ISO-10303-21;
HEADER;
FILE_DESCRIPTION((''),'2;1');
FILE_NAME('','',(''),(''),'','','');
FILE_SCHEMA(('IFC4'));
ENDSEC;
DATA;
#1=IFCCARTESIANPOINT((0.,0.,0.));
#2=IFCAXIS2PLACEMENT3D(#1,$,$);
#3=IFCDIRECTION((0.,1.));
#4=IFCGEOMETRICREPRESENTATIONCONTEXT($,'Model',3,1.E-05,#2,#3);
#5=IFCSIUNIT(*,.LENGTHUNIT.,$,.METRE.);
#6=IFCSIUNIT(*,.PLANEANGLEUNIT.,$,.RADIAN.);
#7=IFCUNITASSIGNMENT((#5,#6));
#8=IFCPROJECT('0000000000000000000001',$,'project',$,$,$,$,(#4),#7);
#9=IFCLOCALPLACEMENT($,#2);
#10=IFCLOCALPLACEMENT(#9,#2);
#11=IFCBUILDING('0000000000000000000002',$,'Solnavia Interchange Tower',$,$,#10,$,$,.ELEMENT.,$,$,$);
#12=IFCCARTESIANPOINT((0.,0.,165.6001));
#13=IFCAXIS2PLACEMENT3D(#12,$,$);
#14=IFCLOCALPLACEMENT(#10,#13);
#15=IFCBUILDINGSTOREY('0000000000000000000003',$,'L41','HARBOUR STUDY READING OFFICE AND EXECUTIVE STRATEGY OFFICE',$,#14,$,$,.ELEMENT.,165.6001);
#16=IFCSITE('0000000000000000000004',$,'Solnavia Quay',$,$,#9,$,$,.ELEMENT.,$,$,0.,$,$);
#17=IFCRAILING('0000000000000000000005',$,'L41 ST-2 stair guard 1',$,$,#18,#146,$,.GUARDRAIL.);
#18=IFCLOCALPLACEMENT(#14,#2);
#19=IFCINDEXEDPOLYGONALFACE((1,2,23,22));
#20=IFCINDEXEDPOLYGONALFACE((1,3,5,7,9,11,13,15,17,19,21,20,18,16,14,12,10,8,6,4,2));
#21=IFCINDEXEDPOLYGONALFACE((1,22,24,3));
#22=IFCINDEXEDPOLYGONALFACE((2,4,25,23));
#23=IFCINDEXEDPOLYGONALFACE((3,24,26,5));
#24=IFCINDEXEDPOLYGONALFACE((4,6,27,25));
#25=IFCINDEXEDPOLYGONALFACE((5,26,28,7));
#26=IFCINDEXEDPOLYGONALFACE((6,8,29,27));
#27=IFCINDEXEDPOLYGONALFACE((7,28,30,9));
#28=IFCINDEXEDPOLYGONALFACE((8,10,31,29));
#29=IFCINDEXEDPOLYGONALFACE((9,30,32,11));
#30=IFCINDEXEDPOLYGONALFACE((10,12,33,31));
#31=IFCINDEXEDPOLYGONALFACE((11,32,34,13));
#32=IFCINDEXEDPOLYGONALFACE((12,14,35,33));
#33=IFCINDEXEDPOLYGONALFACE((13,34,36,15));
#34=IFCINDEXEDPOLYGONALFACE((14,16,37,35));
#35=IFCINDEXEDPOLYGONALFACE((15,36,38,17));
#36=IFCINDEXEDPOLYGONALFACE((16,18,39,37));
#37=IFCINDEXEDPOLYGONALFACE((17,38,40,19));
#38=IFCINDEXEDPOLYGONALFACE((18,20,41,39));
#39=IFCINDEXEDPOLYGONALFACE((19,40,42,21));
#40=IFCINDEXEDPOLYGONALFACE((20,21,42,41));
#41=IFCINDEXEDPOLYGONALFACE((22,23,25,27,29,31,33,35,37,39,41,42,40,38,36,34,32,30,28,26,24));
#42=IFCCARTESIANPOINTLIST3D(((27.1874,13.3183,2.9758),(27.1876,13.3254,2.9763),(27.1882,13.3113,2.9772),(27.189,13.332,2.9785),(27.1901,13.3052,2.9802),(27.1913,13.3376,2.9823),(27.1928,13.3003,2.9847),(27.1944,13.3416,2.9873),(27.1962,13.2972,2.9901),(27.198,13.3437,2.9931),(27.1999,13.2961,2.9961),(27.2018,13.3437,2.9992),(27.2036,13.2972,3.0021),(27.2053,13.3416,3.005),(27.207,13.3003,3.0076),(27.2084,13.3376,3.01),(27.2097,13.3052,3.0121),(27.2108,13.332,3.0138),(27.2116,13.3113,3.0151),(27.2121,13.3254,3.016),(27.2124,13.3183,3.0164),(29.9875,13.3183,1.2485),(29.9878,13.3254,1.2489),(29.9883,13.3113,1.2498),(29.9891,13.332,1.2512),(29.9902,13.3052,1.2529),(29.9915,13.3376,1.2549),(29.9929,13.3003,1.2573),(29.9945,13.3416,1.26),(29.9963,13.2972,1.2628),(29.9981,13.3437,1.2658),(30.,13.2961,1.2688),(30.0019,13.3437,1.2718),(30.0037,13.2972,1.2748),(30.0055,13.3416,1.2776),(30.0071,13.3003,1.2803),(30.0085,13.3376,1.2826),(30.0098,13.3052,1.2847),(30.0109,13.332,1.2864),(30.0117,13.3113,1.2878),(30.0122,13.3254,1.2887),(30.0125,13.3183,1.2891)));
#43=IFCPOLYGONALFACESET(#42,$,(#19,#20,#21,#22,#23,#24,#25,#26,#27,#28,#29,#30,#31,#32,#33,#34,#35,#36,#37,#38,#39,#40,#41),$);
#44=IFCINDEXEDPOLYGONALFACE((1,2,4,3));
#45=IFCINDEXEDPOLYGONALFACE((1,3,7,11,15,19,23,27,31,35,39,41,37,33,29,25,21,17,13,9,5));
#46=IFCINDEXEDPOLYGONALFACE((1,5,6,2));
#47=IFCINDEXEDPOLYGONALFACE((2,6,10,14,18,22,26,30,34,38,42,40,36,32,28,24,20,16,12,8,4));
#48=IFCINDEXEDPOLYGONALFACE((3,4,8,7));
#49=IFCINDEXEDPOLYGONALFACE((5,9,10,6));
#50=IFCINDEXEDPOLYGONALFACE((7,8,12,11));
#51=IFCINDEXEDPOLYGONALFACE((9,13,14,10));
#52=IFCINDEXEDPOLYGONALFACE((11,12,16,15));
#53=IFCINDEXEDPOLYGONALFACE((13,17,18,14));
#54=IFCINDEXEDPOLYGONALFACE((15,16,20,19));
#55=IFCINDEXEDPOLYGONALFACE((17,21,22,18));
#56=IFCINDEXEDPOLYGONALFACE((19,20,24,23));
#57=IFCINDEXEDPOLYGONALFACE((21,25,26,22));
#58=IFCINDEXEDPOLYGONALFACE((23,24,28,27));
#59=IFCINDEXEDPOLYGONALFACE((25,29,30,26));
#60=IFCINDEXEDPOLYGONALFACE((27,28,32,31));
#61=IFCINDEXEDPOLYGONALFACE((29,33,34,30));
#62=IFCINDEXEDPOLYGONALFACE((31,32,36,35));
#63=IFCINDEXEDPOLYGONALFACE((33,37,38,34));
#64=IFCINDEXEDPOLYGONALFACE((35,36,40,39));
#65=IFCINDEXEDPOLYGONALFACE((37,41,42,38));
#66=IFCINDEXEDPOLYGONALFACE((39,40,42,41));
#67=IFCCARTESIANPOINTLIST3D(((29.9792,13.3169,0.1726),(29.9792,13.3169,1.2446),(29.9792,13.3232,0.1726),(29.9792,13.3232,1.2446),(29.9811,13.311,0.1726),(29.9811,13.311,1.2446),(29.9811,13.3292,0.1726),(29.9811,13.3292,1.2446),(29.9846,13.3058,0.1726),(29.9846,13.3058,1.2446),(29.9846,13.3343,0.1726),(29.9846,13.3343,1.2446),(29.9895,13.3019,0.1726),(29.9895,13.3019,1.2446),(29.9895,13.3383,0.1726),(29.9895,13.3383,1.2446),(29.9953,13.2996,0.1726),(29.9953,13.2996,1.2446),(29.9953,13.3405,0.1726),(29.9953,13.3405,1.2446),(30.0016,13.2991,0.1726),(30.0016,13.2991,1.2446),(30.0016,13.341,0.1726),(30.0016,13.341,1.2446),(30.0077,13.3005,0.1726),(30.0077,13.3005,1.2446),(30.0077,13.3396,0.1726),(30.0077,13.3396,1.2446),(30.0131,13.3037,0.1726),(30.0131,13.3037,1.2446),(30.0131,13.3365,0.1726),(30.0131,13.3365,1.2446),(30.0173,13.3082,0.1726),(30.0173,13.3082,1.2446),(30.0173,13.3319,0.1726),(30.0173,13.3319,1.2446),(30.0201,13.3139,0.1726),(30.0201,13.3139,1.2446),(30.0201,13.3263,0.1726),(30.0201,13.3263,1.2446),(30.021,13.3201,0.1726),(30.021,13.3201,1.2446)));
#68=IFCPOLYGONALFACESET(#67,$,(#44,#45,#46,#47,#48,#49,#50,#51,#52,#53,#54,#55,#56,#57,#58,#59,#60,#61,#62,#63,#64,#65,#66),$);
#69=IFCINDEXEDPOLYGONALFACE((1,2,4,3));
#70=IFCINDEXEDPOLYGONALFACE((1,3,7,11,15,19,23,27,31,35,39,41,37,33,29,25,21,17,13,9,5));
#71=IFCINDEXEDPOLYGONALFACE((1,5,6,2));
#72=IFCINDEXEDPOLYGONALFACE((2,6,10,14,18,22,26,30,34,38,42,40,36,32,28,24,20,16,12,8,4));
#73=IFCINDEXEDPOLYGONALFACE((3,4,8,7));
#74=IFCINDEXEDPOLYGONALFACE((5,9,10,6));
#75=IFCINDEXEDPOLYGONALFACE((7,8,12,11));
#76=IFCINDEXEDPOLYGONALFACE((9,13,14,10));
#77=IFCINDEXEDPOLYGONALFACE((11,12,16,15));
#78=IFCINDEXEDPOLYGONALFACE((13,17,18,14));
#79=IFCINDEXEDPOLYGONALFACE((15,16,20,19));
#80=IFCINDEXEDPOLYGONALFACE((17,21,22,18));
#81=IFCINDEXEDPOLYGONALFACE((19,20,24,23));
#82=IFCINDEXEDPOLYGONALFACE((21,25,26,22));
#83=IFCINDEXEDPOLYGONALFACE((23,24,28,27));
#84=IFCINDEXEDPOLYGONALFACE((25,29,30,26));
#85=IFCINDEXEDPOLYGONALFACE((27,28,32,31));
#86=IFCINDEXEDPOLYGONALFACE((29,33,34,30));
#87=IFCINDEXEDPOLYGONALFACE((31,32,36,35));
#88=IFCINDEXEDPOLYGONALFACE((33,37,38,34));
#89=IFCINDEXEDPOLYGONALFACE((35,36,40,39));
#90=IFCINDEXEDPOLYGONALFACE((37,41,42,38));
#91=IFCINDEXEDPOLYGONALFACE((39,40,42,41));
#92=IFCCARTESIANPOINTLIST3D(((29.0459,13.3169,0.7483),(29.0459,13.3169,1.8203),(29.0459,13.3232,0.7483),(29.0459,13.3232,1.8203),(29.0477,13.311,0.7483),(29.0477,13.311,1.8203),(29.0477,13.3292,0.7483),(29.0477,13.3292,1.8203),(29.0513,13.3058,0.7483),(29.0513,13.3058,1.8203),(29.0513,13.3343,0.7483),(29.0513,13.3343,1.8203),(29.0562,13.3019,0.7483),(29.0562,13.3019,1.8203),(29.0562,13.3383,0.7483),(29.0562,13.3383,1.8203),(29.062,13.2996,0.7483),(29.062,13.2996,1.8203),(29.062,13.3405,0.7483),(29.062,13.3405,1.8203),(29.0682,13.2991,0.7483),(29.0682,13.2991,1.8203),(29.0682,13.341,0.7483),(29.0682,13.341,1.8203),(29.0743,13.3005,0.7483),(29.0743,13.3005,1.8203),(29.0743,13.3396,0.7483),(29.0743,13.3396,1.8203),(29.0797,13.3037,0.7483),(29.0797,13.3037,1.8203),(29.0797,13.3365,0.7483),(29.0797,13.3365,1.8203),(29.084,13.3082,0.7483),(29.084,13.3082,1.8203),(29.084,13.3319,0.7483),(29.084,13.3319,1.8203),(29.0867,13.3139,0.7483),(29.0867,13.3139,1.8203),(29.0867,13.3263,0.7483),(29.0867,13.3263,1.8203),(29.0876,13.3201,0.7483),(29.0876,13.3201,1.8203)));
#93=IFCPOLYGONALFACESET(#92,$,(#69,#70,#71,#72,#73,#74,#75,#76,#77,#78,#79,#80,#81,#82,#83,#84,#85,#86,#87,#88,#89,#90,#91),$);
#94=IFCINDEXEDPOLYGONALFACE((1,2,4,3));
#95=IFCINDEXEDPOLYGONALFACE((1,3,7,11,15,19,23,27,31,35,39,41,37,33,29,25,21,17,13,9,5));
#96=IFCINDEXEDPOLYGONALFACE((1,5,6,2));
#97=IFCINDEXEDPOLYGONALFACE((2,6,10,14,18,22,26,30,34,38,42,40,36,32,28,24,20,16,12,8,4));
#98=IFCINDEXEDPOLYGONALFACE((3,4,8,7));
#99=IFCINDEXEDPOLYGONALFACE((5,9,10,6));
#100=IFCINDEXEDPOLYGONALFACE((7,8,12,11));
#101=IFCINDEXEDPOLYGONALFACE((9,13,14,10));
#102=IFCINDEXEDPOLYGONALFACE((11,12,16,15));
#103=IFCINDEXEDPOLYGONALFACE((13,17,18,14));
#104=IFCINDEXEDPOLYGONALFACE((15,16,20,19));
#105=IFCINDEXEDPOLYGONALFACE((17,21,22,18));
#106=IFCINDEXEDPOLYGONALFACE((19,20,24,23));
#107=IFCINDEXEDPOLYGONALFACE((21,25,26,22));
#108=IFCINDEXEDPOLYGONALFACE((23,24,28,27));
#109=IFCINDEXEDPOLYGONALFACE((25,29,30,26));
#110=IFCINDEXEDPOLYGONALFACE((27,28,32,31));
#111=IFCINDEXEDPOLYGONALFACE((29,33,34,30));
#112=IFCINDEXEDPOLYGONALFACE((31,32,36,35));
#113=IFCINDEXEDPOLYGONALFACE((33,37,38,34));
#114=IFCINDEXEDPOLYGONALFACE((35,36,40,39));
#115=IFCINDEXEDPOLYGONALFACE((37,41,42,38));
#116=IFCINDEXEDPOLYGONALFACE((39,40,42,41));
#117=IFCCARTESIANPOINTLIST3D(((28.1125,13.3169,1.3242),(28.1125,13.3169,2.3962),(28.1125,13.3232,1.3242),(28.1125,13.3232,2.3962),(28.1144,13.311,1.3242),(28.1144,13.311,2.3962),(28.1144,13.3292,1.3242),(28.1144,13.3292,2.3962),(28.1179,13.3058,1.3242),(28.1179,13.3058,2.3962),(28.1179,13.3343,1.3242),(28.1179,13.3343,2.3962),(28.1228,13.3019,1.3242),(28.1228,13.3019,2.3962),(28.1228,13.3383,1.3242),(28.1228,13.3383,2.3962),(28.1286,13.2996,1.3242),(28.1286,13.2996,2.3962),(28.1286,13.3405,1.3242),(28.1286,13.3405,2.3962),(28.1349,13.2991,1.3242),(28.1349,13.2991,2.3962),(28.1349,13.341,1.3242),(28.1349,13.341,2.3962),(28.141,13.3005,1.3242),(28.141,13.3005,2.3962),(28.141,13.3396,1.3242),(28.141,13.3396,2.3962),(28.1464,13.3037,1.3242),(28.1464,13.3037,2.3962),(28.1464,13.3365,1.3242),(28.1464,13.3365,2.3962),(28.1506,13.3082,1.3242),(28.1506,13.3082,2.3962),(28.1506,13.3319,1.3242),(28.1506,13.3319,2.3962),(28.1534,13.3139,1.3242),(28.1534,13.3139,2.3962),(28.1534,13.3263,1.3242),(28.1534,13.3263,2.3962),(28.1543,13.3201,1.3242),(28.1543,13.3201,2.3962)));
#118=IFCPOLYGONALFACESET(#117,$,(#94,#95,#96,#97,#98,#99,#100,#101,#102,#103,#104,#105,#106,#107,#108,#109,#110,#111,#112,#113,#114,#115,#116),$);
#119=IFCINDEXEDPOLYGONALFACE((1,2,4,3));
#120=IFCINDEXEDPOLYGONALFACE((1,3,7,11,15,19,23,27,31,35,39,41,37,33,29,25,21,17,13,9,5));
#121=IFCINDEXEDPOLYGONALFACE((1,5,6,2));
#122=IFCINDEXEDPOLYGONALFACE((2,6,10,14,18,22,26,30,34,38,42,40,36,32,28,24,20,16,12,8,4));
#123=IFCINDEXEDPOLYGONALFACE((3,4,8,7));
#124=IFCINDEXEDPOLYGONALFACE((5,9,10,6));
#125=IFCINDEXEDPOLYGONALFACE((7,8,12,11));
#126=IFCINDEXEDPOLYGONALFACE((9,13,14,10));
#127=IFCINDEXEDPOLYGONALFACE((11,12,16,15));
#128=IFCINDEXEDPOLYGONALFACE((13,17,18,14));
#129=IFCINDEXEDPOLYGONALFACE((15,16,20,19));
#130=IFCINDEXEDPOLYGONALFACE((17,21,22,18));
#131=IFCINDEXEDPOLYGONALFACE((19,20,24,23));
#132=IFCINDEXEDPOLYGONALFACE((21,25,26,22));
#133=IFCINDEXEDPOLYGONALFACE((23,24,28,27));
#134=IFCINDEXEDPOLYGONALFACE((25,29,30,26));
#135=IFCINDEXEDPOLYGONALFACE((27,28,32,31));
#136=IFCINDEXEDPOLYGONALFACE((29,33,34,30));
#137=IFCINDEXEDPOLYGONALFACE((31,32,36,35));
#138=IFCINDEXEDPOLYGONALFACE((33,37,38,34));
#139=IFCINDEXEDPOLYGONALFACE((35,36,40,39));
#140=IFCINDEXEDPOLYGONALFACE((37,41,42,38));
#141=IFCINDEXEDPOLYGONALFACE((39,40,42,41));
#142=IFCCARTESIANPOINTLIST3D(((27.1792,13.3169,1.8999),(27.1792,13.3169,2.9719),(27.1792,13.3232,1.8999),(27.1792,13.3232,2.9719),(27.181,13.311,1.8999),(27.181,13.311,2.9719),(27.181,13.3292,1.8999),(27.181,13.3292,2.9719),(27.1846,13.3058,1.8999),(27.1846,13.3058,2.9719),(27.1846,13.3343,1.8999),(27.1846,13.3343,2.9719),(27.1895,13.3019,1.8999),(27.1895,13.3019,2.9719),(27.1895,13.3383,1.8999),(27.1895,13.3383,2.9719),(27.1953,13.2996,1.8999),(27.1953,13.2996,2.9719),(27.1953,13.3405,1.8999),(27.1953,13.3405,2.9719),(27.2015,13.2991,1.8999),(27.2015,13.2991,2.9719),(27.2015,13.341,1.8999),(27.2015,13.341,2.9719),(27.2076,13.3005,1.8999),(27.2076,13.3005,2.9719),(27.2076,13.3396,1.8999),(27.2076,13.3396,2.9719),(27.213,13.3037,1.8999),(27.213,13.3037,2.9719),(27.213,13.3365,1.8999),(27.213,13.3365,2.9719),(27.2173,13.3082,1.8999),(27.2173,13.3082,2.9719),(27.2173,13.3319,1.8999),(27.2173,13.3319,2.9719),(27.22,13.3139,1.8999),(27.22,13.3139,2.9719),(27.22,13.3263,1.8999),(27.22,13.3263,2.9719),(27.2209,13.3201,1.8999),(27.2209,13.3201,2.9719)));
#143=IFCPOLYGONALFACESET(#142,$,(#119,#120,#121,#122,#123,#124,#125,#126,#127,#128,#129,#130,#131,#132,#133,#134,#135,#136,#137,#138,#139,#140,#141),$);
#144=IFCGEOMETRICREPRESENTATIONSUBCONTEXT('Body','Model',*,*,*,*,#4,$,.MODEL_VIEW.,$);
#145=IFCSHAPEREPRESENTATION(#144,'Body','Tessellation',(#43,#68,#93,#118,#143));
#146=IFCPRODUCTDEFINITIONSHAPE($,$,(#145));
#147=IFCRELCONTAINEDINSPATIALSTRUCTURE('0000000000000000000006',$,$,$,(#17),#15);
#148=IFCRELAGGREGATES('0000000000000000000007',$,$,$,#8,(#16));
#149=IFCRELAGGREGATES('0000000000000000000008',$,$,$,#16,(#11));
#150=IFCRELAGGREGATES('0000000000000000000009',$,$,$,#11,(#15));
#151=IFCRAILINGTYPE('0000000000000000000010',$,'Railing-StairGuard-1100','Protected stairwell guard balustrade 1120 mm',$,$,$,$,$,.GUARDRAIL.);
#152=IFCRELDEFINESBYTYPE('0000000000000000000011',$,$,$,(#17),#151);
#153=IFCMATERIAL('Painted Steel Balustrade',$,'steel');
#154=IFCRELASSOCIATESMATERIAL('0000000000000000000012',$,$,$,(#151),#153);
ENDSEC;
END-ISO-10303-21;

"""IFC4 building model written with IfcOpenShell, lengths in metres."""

from ifc_helpers import new_model, si_unit, direction, frame, origin, origin_2d, place, context, subcontext, project, spatial, circle, extrude, material, type_object, element, save


model = new_model("IFC4")

# Units and contexts
model_context = context("Model", 3, precision=1e-05, world=origin(), true_north=direction((0.0, 1.0)))
body_context = subcontext(model_context, "Body", "Model", "MODEL_VIEW")
ifc_project = project(units=[si_unit("LENGTHUNIT", "METRE"), si_unit("PLANEANGLEUNIT", "RADIAN")], contexts=[model_context])

# Site, building, storey
site_placement = place(None, origin())
site = spatial("IfcSite", under=ifc_project, at=site_placement, Name="Solnavia Quay", CompositionType="ELEMENT", RefElevation=0.0)
building_placement = place(site_placement, origin())
building = spatial("IfcBuilding", under=site, at=building_placement, Name="Solnavia Interchange Tower", CompositionType="ELEMENT")
storey_placement = place(building_placement, frame((0.0, 0.0, 165.6001)))
storey = spatial("IfcBuildingStorey", under=building, at=storey_placement, Name="L41", Description="HARBOUR STUDY READING OFFICE AND EXECUTIVE STRATEGY OFFICE", CompositionType="ELEMENT", Elevation=165.6001)

# Railing
ifc_material_1 = material(Name="Painted Steel Balustrade", Category="steel")
railing_type_1 = type_object("IfcRailingType", Name="Railing-StairGuard-1100", Description="Protected stairwell guard balustrade 1120 mm", PredefinedType="GUARDRAIL", material=ifc_material_1)
railing_1_placement = place(storey_placement, frame((30.0, 13.3201, 0.1726)))
element("IfcRailing", 1, at=railing_1_placement, inside=storey, type_object=railing_type_1, Name="L41 ST-2 stair guard 1", PredefinedType="GUARDRAIL", context=body_context, shape_type="SweptSolid", body=[
    extrude(circle(Radius=0.0239, at=origin_2d()), frame((0.0, 0.0, 1.0962), z_axis=(-0.85109, 0.0, 0.52502), x_axis=(0.0, -1.0, 0.0)), (0.0, 0.0, 1.0), 3.29),
    extrude(circle(Radius=0.021, at=origin_2d()), origin(), (0.0, 0.0, 1.0), 1.072),
    extrude(circle(Radius=0.021, at=origin_2d()), frame((-0.9333, 0.0, 0.5757)), (0.0, 0.0, 1.0), 1.072),
    extrude(circle(Radius=0.021, at=origin_2d()), frame((-1.8667, 0.0, 1.1516)), (0.0, 0.0, 1.0), 1.072),
    extrude(circle(Radius=0.021, at=origin_2d()), frame((-2.8, 0.0, 1.7273)), (0.0, 0.0, 1.0), 1.072),
])

save(model, "model.ifc")
